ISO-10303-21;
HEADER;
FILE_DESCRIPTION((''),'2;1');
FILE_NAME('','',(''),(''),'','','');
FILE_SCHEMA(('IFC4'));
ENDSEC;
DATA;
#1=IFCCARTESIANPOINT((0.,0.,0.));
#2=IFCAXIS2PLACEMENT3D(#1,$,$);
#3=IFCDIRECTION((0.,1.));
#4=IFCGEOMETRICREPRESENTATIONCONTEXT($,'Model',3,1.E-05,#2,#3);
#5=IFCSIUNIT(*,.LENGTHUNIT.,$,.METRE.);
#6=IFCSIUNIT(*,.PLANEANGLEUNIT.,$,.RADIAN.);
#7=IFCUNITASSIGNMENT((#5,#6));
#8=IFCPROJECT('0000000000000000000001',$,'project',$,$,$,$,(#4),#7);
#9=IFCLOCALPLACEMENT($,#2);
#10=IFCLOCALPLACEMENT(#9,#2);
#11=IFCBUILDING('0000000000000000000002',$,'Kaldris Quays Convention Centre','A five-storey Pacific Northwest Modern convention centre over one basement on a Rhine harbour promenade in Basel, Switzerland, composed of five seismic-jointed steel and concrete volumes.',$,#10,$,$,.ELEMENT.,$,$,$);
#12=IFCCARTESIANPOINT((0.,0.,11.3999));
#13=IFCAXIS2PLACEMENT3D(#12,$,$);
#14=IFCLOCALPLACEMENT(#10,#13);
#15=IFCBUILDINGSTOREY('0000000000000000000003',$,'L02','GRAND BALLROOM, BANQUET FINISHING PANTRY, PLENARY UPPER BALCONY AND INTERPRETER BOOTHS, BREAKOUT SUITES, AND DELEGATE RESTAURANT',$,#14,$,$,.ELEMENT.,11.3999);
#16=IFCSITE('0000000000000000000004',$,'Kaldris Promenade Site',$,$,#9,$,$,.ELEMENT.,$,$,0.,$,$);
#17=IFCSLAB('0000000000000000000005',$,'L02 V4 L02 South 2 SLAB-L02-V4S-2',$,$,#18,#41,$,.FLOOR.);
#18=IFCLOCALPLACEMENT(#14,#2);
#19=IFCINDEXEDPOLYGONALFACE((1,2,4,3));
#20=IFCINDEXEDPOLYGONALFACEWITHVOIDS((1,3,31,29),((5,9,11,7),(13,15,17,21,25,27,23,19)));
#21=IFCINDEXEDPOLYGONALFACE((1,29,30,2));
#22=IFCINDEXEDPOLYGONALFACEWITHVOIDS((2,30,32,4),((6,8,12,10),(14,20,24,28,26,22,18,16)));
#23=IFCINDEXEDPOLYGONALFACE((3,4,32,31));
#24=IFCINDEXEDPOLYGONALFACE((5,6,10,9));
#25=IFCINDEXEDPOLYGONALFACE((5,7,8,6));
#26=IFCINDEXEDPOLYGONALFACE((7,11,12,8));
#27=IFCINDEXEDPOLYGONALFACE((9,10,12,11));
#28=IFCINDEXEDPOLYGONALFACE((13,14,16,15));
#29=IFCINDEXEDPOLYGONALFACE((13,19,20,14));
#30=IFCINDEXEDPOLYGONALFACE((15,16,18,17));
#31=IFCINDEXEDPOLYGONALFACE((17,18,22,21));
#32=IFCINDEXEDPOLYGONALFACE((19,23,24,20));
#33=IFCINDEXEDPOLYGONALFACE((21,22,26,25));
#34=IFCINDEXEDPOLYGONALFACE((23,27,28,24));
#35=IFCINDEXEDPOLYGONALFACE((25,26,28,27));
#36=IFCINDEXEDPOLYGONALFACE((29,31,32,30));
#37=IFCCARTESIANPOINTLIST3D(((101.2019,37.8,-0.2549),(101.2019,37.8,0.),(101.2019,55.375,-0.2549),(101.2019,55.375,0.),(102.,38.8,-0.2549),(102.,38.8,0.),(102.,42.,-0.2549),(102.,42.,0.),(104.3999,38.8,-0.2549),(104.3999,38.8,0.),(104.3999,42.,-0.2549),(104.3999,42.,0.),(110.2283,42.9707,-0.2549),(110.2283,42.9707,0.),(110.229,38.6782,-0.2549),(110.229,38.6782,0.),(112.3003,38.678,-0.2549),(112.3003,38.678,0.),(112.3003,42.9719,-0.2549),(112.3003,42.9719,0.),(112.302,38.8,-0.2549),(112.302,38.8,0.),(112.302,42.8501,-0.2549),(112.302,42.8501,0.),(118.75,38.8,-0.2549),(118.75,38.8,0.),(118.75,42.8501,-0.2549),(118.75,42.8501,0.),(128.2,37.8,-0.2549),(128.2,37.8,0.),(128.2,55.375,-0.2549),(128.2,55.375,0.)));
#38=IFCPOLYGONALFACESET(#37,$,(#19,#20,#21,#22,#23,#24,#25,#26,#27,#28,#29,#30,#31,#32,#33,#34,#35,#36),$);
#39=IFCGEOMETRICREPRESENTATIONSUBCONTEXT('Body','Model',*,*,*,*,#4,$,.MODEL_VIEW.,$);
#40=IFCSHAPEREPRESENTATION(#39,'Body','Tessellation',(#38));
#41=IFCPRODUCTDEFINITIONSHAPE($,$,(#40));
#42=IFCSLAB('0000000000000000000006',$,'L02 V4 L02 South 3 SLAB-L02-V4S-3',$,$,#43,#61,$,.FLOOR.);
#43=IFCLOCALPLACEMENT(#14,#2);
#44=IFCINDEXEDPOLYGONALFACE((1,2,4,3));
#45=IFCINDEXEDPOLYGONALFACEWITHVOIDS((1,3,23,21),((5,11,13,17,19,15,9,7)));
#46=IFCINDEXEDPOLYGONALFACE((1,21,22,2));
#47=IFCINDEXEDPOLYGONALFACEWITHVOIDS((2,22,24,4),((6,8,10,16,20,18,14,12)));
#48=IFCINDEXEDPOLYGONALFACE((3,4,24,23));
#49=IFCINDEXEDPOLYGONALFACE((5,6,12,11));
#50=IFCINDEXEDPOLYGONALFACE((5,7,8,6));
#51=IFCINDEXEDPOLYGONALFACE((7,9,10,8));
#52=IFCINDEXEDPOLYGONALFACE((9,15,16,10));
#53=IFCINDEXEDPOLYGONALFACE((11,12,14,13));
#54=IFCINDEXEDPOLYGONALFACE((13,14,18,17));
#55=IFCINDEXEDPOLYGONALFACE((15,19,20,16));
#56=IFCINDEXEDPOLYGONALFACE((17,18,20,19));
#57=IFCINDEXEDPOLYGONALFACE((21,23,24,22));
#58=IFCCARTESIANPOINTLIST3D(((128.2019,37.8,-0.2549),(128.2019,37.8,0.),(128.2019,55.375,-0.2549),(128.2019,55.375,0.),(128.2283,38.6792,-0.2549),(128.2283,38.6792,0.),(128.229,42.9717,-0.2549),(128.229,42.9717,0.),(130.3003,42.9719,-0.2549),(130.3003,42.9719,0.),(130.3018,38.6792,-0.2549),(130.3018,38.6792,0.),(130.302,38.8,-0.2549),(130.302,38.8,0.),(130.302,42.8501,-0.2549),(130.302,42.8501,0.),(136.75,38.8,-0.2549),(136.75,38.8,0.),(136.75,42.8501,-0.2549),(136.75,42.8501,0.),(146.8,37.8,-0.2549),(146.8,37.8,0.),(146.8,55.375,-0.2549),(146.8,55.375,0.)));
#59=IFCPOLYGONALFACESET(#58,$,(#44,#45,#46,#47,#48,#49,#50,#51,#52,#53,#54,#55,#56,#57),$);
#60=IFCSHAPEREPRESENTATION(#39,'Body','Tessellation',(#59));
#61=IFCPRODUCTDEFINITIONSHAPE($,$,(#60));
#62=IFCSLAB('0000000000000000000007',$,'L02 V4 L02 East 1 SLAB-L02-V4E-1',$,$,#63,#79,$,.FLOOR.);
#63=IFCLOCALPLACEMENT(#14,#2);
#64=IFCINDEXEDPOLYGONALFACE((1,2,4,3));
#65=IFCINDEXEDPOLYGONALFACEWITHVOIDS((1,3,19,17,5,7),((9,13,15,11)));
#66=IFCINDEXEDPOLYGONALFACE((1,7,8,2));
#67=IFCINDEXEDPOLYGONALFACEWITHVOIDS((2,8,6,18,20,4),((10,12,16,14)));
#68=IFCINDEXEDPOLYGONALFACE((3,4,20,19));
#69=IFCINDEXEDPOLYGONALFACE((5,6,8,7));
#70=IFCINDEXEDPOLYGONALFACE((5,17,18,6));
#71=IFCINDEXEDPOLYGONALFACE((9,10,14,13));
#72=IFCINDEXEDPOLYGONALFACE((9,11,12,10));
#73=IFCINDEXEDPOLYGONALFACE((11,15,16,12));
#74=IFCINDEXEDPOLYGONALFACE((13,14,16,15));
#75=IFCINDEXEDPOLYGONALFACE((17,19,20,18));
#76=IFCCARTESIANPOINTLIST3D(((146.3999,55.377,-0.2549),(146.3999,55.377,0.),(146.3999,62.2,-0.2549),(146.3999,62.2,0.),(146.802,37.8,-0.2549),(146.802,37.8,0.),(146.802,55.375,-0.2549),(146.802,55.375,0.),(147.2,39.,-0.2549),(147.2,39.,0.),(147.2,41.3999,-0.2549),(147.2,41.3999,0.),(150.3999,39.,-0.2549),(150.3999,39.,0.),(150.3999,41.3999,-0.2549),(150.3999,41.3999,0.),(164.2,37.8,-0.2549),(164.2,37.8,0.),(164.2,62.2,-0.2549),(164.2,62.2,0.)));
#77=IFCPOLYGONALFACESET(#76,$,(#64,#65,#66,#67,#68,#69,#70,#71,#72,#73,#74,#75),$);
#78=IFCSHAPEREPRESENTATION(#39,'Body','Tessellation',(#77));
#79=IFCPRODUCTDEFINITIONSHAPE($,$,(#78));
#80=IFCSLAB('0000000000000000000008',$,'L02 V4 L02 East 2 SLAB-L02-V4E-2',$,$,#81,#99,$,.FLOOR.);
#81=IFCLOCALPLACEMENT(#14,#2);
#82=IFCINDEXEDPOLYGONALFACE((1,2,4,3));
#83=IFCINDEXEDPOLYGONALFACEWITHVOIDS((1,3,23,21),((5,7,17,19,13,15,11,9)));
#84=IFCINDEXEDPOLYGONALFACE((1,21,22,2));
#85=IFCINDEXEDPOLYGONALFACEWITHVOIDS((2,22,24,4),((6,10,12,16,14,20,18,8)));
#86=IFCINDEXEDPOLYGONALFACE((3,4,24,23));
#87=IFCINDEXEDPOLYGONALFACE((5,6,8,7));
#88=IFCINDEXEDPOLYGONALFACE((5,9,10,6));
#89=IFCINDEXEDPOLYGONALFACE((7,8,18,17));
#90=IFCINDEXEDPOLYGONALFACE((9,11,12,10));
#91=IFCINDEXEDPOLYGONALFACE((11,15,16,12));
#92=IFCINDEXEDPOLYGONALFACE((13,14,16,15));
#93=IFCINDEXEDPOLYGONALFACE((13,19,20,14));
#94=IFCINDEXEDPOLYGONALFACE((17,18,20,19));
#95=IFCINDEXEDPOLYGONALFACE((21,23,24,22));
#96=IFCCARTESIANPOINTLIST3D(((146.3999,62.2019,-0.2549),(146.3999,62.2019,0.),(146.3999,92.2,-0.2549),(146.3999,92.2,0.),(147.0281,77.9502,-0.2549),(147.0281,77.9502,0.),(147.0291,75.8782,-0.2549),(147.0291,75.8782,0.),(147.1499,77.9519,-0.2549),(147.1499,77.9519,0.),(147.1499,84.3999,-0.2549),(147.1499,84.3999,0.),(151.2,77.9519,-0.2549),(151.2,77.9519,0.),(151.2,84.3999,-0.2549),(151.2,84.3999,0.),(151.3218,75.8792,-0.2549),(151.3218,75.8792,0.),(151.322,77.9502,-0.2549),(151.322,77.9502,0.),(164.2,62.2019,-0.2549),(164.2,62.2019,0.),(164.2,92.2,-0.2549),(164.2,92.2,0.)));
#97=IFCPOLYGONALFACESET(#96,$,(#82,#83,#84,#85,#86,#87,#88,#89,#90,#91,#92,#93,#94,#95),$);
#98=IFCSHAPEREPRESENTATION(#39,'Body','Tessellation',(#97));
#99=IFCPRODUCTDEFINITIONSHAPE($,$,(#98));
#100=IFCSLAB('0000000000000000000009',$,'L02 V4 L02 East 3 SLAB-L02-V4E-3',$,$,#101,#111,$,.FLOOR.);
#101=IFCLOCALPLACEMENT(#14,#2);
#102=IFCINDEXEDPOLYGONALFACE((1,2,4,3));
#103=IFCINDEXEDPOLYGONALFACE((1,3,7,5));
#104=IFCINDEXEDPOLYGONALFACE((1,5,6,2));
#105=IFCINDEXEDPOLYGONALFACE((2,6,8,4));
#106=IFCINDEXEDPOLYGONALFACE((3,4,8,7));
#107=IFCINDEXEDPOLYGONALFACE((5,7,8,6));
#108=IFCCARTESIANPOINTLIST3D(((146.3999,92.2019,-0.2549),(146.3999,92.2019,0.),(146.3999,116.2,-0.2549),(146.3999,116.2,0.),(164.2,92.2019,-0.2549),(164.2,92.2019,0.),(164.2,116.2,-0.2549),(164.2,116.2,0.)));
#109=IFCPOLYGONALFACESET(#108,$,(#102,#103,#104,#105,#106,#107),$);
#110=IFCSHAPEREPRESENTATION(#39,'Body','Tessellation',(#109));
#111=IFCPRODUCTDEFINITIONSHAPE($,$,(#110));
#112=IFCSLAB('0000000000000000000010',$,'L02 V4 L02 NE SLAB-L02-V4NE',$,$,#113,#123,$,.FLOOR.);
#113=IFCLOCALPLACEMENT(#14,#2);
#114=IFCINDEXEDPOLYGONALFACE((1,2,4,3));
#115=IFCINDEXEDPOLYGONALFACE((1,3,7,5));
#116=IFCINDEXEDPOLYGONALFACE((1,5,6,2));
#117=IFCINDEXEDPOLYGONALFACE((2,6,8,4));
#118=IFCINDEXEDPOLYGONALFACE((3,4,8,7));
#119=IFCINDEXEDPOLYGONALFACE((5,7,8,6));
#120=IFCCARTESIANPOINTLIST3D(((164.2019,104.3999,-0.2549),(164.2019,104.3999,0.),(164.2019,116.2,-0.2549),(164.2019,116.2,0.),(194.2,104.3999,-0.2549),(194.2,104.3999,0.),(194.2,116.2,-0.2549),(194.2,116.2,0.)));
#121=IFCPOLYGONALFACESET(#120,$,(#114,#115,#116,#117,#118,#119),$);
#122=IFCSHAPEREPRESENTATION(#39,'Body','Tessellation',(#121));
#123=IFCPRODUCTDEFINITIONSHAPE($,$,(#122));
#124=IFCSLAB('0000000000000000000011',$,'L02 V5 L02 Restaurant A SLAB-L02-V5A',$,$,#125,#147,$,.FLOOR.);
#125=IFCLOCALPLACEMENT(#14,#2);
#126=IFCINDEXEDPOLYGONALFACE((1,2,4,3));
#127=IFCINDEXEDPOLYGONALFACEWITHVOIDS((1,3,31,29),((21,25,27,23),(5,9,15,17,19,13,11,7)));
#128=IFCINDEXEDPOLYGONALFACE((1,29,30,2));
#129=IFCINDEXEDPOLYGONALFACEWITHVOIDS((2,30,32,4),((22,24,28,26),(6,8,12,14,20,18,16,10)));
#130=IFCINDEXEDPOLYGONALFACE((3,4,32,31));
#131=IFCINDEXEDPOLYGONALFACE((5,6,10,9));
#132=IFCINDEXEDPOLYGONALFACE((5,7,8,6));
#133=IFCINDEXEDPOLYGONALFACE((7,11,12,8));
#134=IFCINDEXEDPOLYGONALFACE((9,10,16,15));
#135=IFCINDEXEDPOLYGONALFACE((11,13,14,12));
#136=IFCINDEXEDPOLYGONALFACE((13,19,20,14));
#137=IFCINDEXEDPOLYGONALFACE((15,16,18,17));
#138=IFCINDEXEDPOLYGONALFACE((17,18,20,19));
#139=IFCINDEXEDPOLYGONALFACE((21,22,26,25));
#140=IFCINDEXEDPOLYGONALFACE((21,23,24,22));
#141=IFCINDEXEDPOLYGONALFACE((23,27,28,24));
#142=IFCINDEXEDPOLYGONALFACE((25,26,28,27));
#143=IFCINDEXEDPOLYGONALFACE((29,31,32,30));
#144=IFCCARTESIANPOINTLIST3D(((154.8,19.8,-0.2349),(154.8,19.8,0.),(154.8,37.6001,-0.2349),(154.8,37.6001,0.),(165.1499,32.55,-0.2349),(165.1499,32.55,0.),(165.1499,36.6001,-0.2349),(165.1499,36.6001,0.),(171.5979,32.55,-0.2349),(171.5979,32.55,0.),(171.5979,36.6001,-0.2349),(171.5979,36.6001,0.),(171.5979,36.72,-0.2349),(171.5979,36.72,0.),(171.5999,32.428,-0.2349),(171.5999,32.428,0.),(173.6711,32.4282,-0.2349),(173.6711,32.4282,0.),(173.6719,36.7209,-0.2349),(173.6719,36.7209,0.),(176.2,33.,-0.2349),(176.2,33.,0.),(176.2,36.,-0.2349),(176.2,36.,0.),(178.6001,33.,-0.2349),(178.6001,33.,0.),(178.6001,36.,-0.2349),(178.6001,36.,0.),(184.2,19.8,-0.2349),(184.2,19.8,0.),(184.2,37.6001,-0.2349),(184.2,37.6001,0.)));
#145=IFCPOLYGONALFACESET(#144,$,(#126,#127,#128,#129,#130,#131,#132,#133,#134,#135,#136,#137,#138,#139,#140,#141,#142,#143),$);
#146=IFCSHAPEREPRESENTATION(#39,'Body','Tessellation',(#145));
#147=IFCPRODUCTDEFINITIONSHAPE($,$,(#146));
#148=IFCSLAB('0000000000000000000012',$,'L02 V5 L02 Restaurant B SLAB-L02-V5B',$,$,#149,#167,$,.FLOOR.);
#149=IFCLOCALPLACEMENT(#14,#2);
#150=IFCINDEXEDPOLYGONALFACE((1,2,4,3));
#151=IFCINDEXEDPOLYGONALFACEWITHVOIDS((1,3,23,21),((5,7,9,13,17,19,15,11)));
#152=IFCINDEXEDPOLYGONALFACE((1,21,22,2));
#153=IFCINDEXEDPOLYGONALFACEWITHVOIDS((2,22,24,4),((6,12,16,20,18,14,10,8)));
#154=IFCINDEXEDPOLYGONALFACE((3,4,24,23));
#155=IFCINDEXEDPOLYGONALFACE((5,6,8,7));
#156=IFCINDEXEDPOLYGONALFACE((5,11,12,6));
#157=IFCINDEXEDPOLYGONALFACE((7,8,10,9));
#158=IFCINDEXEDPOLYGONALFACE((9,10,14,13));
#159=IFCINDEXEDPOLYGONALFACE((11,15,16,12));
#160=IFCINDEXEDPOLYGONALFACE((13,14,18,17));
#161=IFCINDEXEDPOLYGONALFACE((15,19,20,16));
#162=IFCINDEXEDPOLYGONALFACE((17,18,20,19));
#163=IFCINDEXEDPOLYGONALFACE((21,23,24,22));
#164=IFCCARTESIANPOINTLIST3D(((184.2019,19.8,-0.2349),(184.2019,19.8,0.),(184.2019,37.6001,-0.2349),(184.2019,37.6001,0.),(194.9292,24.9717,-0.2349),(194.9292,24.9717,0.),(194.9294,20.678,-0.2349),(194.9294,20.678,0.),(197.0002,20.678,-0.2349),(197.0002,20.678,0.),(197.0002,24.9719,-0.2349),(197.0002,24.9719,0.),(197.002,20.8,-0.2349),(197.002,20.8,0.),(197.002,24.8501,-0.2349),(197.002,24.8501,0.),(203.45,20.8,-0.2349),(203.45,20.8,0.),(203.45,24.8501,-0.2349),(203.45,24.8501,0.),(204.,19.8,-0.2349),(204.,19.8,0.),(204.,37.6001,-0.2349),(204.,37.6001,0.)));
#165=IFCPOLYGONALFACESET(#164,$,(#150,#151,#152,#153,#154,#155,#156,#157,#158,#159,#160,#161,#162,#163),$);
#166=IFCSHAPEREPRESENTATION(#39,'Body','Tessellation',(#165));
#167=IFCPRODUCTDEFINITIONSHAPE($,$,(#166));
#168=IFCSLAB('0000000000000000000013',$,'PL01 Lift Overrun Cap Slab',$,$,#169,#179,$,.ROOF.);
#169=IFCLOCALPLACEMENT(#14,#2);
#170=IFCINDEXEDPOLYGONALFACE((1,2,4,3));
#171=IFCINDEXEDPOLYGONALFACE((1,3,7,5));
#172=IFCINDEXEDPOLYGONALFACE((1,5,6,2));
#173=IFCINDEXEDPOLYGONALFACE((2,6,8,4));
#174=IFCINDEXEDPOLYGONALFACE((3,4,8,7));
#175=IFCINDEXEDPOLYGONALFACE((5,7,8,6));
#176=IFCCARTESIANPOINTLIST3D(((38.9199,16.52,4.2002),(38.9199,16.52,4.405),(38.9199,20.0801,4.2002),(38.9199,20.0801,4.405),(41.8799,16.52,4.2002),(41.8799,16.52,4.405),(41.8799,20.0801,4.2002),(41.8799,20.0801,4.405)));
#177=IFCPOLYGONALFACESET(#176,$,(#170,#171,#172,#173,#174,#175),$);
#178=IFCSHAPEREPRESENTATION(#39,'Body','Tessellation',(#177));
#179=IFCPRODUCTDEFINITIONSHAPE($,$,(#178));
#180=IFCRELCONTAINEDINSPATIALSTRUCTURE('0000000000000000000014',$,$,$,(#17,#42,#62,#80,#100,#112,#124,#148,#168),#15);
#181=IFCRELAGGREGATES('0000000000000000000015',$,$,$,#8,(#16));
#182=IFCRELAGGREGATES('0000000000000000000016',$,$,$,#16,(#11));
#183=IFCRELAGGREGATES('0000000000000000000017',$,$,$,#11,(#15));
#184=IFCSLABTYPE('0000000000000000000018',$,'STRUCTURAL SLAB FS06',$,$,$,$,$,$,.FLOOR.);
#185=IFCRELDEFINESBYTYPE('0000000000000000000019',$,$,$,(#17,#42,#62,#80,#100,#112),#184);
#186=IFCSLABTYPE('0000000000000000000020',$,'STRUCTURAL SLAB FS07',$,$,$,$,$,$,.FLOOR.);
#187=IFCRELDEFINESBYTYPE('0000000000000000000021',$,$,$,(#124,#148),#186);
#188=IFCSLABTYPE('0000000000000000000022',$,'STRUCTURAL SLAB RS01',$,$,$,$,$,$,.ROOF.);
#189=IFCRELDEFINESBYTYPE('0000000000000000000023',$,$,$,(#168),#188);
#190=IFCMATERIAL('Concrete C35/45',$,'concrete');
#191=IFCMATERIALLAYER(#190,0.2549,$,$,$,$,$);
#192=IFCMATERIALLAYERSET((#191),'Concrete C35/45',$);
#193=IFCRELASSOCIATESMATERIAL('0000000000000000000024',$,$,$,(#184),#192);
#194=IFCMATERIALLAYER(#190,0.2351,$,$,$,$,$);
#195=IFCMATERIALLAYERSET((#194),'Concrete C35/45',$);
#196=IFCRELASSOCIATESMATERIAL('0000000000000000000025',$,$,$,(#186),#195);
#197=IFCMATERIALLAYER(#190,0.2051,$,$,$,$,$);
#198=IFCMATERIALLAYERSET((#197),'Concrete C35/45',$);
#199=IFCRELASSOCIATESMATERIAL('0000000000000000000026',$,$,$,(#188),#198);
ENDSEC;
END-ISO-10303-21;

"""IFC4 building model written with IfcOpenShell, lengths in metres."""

from ifc_helpers import new_model, si_unit, direction, frame, origin, place, context, subcontext, project, spatial, polyline, outline, extrude, material, layer, layer_set, type_object, element, save


model = new_model("IFC4")

# Units and contexts
model_context = context("Model", 3, precision=1e-05, world=origin(), true_north=direction((0.0, 1.0)))
body_context = subcontext(model_context, "Body", "Model", "MODEL_VIEW")
ifc_project = project(units=[si_unit("LENGTHUNIT", "METRE"), si_unit("PLANEANGLEUNIT", "RADIAN")], contexts=[model_context])

# Site, building, storey
site_placement = place(None, origin())
site = spatial("IfcSite", under=ifc_project, at=site_placement, Name="Kaldris Promenade Site", CompositionType="ELEMENT", RefElevation=0.0)
building_placement = place(site_placement, origin())
building = spatial("IfcBuilding", under=site, at=building_placement, Name="Kaldris Quays Convention Centre", Description="A five-storey Pacific Northwest Modern convention centre over one basement on a Rhine harbour promenade in Basel, Switzerland, composed of five seismic-jointed steel and concrete volumes.", CompositionType="ELEMENT")
storey_placement = place(building_placement, frame((0.0, 0.0, 11.3999)))
storey = spatial("IfcBuildingStorey", under=building, at=storey_placement, Name="L02", Description="GRAND BALLROOM, BANQUET FINISHING PANTRY, PLENARY UPPER BALCONY AND INTERPRETER BOOTHS, BREAKOUT SUITES, AND DELEGATE RESTAURANT", CompositionType="ELEMENT", Elevation=11.3999)

# Shared definitions
ifc_material = material(Name="Concrete C35/45", Category="concrete")

# Slabs
ifc_layer_1 = layer(ifc_material, 0.2549)
ifc_layer_set_1 = layer_set([ifc_layer_1], Name="Concrete C35/45")
slab_type_1 = type_object("IfcSlabType", Name="STRUCTURAL SLAB FS06", PredefinedType="FLOOR", material=ifc_layer_set_1)
slab_1_placement = place(storey_placement, frame((0.0, 0.0, -0.2549)))
element("IfcSlab", 1, at=slab_1_placement, inside=storey, type_object=slab_type_1, Name="L02 V4 L02 South 2 SLAB-L02-V4S-2", PredefinedType="FLOOR", context=body_context, shape_type="SweptSolid", body=[
    extrude(outline(polyline([(128.2, 55.375), (128.2, 37.8), (101.2019, 37.8), (101.2019, 55.375), (128.2, 55.375)]), holes=[polyline([(104.3999, 38.8), (104.3999, 42.0), (102.0, 42.0), (102.0, 38.8), (104.3999, 38.8)]), polyline([(110.2283, 42.9707), (110.229, 38.6782), (112.3003, 38.678), (112.302, 38.8), (118.75, 38.8), (118.75, 42.8501), (112.302, 42.8501), (112.3003, 42.9719), (110.2283, 42.9707)])]), origin(), (0.0, 0.0, 1.0), 0.2549),
])
slab_2_placement = place(storey_placement, frame((0.0, 0.0, -0.2549)))
element("IfcSlab", 2, at=slab_2_placement, inside=storey, type_object=slab_type_1, Name="L02 V4 L02 South 3 SLAB-L02-V4S-3", PredefinedType="FLOOR", context=body_context, shape_type="SweptSolid", body=[
    extrude(outline(polyline([(146.8, 55.375), (146.8, 37.8), (128.2019, 37.8), (128.2019, 55.375), (146.8, 55.375)]), holes=[polyline([(130.3018, 38.6792), (130.302, 38.8), (136.75, 38.8), (136.75, 42.8501), (130.302, 42.8501), (130.3003, 42.9719), (128.229, 42.9717), (128.2283, 38.6792), (130.3018, 38.6792)])]), origin(), (0.0, 0.0, 1.0), 0.2549),
])
slab_3_placement = place(storey_placement, frame((0.0, 0.0, -0.2549)))
element("IfcSlab", 3, at=slab_3_placement, inside=storey, type_object=slab_type_1, Name="L02 V4 L02 East 1 SLAB-L02-V4E-1", PredefinedType="FLOOR", context=body_context, shape_type="SweptSolid", body=[
    extrude(outline(polyline([(146.3999, 62.2), (164.2, 62.2), (164.2, 37.8), (146.802, 37.8), (146.802, 55.375), (146.3999, 55.377), (146.3999, 62.2)]), holes=[polyline([(150.3999, 39.0), (150.3999, 41.3999), (147.2, 41.3999), (147.2, 39.0), (150.3999, 39.0)])]), origin(), (0.0, 0.0, 1.0), 0.2549),
])
slab_4_placement = place(storey_placement, frame((0.0, 0.0, -0.2549)))
element("IfcSlab", 4, at=slab_4_placement, inside=storey, type_object=slab_type_1, Name="L02 V4 L02 East 2 SLAB-L02-V4E-2", PredefinedType="FLOOR", context=body_context, shape_type="SweptSolid", body=[
    extrude(outline(polyline([(146.3999, 92.2), (164.2, 92.2), (164.2, 62.2019), (146.3999, 62.2019), (146.3999, 92.2)]), holes=[polyline([(151.2, 84.3999), (147.1499, 84.3999), (147.1499, 77.9519), (147.0281, 77.9502), (147.0291, 75.8782), (151.3218, 75.8792), (151.322, 77.9502), (151.2, 77.9519), (151.2, 84.3999)])]), origin(), (0.0, 0.0, 1.0), 0.2549),
])
slab_5_placement = place(storey_placement, frame((0.0, 0.0, -0.2549)))
element("IfcSlab", 5, at=slab_5_placement, inside=storey, type_object=slab_type_1, Name="L02 V4 L02 East 3 SLAB-L02-V4E-3", PredefinedType="FLOOR", context=body_context, shape_type="SweptSolid", body=[
    extrude(outline(polyline([(146.3999, 116.2), (164.2, 116.2), (164.2, 92.2019), (146.3999, 92.2019), (146.3999, 116.2)])), origin(), (0.0, 0.0, 1.0), 0.2549),
])
slab_6_placement = place(storey_placement, frame((0.0, 0.0, -0.2549)))
element("IfcSlab", 6, at=slab_6_placement, inside=storey, type_object=slab_type_1, Name="L02 V4 L02 NE SLAB-L02-V4NE", PredefinedType="FLOOR", context=body_context, shape_type="SweptSolid", body=[
    extrude(outline(polyline([(194.2, 116.2), (194.2, 104.3999), (164.2019, 104.3999), (164.2019, 116.2), (194.2, 116.2)])), origin(), (0.0, 0.0, 1.0), 0.2549),
])
ifc_layer_2 = layer(ifc_material, 0.2351)
ifc_layer_set_2 = layer_set([ifc_layer_2], Name="Concrete C35/45")
slab_type_2 = type_object("IfcSlabType", Name="STRUCTURAL SLAB FS07", PredefinedType="FLOOR", material=ifc_layer_set_2)
slab_7_placement = place(storey_placement, frame((0.0, 0.0, -0.2349)))
element("IfcSlab", 7, at=slab_7_placement, inside=storey, type_object=slab_type_2, Name="L02 V5 L02 Restaurant A SLAB-L02-V5A", PredefinedType="FLOOR", context=body_context, shape_type="SweptSolid", body=[
    extrude(outline(polyline([(154.8, 19.8), (154.8, 37.6001), (184.2, 37.6001), (184.2, 19.8), (154.8, 19.8)]), holes=[polyline([(178.6001, 36.0), (176.2, 36.0), (176.2, 33.0), (178.6001, 33.0), (178.6001, 36.0)]), polyline([(171.5979, 36.72), (171.5979, 36.6001), (165.1499, 36.6001), (165.1499, 32.55), (171.5979, 32.55), (171.5999, 32.428), (173.6711, 32.4282), (173.6719, 36.7209), (171.5979, 36.72)])]), origin(), (0.0, 0.0, 1.0), 0.2349),
])
slab_8_placement = place(storey_placement, frame((0.0, 0.0, -0.2349)))
element("IfcSlab", 8, at=slab_8_placement, inside=storey, type_object=slab_type_2, Name="L02 V5 L02 Restaurant B SLAB-L02-V5B", PredefinedType="FLOOR", context=body_context, shape_type="SweptSolid", body=[
    extrude(outline(polyline([(204.0, 37.6001), (204.0, 19.8), (184.2019, 19.8), (184.2019, 37.6001), (204.0, 37.6001)]), holes=[polyline([(194.9294, 20.678), (197.0002, 20.678), (197.002, 20.8), (203.45, 20.8), (203.45, 24.8501), (197.002, 24.8501), (197.0002, 24.9719), (194.9292, 24.9717), (194.9294, 20.678)])]), origin(), (0.0, 0.0, 1.0), 0.2349),
])
ifc_layer_3 = layer(ifc_material, 0.2051)
ifc_layer_set_3 = layer_set([ifc_layer_3], Name="Concrete C35/45")
slab_type_3 = type_object("IfcSlabType", Name="STRUCTURAL SLAB RS01", PredefinedType="ROOF", material=ifc_layer_set_3)
slab_9_placement = place(storey_placement, frame((0.0, 0.0, 4.2002)))
element("IfcSlab", 9, at=slab_9_placement, inside=storey, type_object=slab_type_3, Name="PL01 Lift Overrun Cap Slab", PredefinedType="ROOF", context=body_context, shape_type="SweptSolid", body=[
    extrude(outline(polyline([(38.9199, 16.52), (41.8799, 16.52), (41.8799, 20.0801), (38.9199, 20.0801), (38.9199, 16.52)])), origin(), (0.0, 0.0, 1.0), 0.2048),
])

save(model, "model.ifc")
